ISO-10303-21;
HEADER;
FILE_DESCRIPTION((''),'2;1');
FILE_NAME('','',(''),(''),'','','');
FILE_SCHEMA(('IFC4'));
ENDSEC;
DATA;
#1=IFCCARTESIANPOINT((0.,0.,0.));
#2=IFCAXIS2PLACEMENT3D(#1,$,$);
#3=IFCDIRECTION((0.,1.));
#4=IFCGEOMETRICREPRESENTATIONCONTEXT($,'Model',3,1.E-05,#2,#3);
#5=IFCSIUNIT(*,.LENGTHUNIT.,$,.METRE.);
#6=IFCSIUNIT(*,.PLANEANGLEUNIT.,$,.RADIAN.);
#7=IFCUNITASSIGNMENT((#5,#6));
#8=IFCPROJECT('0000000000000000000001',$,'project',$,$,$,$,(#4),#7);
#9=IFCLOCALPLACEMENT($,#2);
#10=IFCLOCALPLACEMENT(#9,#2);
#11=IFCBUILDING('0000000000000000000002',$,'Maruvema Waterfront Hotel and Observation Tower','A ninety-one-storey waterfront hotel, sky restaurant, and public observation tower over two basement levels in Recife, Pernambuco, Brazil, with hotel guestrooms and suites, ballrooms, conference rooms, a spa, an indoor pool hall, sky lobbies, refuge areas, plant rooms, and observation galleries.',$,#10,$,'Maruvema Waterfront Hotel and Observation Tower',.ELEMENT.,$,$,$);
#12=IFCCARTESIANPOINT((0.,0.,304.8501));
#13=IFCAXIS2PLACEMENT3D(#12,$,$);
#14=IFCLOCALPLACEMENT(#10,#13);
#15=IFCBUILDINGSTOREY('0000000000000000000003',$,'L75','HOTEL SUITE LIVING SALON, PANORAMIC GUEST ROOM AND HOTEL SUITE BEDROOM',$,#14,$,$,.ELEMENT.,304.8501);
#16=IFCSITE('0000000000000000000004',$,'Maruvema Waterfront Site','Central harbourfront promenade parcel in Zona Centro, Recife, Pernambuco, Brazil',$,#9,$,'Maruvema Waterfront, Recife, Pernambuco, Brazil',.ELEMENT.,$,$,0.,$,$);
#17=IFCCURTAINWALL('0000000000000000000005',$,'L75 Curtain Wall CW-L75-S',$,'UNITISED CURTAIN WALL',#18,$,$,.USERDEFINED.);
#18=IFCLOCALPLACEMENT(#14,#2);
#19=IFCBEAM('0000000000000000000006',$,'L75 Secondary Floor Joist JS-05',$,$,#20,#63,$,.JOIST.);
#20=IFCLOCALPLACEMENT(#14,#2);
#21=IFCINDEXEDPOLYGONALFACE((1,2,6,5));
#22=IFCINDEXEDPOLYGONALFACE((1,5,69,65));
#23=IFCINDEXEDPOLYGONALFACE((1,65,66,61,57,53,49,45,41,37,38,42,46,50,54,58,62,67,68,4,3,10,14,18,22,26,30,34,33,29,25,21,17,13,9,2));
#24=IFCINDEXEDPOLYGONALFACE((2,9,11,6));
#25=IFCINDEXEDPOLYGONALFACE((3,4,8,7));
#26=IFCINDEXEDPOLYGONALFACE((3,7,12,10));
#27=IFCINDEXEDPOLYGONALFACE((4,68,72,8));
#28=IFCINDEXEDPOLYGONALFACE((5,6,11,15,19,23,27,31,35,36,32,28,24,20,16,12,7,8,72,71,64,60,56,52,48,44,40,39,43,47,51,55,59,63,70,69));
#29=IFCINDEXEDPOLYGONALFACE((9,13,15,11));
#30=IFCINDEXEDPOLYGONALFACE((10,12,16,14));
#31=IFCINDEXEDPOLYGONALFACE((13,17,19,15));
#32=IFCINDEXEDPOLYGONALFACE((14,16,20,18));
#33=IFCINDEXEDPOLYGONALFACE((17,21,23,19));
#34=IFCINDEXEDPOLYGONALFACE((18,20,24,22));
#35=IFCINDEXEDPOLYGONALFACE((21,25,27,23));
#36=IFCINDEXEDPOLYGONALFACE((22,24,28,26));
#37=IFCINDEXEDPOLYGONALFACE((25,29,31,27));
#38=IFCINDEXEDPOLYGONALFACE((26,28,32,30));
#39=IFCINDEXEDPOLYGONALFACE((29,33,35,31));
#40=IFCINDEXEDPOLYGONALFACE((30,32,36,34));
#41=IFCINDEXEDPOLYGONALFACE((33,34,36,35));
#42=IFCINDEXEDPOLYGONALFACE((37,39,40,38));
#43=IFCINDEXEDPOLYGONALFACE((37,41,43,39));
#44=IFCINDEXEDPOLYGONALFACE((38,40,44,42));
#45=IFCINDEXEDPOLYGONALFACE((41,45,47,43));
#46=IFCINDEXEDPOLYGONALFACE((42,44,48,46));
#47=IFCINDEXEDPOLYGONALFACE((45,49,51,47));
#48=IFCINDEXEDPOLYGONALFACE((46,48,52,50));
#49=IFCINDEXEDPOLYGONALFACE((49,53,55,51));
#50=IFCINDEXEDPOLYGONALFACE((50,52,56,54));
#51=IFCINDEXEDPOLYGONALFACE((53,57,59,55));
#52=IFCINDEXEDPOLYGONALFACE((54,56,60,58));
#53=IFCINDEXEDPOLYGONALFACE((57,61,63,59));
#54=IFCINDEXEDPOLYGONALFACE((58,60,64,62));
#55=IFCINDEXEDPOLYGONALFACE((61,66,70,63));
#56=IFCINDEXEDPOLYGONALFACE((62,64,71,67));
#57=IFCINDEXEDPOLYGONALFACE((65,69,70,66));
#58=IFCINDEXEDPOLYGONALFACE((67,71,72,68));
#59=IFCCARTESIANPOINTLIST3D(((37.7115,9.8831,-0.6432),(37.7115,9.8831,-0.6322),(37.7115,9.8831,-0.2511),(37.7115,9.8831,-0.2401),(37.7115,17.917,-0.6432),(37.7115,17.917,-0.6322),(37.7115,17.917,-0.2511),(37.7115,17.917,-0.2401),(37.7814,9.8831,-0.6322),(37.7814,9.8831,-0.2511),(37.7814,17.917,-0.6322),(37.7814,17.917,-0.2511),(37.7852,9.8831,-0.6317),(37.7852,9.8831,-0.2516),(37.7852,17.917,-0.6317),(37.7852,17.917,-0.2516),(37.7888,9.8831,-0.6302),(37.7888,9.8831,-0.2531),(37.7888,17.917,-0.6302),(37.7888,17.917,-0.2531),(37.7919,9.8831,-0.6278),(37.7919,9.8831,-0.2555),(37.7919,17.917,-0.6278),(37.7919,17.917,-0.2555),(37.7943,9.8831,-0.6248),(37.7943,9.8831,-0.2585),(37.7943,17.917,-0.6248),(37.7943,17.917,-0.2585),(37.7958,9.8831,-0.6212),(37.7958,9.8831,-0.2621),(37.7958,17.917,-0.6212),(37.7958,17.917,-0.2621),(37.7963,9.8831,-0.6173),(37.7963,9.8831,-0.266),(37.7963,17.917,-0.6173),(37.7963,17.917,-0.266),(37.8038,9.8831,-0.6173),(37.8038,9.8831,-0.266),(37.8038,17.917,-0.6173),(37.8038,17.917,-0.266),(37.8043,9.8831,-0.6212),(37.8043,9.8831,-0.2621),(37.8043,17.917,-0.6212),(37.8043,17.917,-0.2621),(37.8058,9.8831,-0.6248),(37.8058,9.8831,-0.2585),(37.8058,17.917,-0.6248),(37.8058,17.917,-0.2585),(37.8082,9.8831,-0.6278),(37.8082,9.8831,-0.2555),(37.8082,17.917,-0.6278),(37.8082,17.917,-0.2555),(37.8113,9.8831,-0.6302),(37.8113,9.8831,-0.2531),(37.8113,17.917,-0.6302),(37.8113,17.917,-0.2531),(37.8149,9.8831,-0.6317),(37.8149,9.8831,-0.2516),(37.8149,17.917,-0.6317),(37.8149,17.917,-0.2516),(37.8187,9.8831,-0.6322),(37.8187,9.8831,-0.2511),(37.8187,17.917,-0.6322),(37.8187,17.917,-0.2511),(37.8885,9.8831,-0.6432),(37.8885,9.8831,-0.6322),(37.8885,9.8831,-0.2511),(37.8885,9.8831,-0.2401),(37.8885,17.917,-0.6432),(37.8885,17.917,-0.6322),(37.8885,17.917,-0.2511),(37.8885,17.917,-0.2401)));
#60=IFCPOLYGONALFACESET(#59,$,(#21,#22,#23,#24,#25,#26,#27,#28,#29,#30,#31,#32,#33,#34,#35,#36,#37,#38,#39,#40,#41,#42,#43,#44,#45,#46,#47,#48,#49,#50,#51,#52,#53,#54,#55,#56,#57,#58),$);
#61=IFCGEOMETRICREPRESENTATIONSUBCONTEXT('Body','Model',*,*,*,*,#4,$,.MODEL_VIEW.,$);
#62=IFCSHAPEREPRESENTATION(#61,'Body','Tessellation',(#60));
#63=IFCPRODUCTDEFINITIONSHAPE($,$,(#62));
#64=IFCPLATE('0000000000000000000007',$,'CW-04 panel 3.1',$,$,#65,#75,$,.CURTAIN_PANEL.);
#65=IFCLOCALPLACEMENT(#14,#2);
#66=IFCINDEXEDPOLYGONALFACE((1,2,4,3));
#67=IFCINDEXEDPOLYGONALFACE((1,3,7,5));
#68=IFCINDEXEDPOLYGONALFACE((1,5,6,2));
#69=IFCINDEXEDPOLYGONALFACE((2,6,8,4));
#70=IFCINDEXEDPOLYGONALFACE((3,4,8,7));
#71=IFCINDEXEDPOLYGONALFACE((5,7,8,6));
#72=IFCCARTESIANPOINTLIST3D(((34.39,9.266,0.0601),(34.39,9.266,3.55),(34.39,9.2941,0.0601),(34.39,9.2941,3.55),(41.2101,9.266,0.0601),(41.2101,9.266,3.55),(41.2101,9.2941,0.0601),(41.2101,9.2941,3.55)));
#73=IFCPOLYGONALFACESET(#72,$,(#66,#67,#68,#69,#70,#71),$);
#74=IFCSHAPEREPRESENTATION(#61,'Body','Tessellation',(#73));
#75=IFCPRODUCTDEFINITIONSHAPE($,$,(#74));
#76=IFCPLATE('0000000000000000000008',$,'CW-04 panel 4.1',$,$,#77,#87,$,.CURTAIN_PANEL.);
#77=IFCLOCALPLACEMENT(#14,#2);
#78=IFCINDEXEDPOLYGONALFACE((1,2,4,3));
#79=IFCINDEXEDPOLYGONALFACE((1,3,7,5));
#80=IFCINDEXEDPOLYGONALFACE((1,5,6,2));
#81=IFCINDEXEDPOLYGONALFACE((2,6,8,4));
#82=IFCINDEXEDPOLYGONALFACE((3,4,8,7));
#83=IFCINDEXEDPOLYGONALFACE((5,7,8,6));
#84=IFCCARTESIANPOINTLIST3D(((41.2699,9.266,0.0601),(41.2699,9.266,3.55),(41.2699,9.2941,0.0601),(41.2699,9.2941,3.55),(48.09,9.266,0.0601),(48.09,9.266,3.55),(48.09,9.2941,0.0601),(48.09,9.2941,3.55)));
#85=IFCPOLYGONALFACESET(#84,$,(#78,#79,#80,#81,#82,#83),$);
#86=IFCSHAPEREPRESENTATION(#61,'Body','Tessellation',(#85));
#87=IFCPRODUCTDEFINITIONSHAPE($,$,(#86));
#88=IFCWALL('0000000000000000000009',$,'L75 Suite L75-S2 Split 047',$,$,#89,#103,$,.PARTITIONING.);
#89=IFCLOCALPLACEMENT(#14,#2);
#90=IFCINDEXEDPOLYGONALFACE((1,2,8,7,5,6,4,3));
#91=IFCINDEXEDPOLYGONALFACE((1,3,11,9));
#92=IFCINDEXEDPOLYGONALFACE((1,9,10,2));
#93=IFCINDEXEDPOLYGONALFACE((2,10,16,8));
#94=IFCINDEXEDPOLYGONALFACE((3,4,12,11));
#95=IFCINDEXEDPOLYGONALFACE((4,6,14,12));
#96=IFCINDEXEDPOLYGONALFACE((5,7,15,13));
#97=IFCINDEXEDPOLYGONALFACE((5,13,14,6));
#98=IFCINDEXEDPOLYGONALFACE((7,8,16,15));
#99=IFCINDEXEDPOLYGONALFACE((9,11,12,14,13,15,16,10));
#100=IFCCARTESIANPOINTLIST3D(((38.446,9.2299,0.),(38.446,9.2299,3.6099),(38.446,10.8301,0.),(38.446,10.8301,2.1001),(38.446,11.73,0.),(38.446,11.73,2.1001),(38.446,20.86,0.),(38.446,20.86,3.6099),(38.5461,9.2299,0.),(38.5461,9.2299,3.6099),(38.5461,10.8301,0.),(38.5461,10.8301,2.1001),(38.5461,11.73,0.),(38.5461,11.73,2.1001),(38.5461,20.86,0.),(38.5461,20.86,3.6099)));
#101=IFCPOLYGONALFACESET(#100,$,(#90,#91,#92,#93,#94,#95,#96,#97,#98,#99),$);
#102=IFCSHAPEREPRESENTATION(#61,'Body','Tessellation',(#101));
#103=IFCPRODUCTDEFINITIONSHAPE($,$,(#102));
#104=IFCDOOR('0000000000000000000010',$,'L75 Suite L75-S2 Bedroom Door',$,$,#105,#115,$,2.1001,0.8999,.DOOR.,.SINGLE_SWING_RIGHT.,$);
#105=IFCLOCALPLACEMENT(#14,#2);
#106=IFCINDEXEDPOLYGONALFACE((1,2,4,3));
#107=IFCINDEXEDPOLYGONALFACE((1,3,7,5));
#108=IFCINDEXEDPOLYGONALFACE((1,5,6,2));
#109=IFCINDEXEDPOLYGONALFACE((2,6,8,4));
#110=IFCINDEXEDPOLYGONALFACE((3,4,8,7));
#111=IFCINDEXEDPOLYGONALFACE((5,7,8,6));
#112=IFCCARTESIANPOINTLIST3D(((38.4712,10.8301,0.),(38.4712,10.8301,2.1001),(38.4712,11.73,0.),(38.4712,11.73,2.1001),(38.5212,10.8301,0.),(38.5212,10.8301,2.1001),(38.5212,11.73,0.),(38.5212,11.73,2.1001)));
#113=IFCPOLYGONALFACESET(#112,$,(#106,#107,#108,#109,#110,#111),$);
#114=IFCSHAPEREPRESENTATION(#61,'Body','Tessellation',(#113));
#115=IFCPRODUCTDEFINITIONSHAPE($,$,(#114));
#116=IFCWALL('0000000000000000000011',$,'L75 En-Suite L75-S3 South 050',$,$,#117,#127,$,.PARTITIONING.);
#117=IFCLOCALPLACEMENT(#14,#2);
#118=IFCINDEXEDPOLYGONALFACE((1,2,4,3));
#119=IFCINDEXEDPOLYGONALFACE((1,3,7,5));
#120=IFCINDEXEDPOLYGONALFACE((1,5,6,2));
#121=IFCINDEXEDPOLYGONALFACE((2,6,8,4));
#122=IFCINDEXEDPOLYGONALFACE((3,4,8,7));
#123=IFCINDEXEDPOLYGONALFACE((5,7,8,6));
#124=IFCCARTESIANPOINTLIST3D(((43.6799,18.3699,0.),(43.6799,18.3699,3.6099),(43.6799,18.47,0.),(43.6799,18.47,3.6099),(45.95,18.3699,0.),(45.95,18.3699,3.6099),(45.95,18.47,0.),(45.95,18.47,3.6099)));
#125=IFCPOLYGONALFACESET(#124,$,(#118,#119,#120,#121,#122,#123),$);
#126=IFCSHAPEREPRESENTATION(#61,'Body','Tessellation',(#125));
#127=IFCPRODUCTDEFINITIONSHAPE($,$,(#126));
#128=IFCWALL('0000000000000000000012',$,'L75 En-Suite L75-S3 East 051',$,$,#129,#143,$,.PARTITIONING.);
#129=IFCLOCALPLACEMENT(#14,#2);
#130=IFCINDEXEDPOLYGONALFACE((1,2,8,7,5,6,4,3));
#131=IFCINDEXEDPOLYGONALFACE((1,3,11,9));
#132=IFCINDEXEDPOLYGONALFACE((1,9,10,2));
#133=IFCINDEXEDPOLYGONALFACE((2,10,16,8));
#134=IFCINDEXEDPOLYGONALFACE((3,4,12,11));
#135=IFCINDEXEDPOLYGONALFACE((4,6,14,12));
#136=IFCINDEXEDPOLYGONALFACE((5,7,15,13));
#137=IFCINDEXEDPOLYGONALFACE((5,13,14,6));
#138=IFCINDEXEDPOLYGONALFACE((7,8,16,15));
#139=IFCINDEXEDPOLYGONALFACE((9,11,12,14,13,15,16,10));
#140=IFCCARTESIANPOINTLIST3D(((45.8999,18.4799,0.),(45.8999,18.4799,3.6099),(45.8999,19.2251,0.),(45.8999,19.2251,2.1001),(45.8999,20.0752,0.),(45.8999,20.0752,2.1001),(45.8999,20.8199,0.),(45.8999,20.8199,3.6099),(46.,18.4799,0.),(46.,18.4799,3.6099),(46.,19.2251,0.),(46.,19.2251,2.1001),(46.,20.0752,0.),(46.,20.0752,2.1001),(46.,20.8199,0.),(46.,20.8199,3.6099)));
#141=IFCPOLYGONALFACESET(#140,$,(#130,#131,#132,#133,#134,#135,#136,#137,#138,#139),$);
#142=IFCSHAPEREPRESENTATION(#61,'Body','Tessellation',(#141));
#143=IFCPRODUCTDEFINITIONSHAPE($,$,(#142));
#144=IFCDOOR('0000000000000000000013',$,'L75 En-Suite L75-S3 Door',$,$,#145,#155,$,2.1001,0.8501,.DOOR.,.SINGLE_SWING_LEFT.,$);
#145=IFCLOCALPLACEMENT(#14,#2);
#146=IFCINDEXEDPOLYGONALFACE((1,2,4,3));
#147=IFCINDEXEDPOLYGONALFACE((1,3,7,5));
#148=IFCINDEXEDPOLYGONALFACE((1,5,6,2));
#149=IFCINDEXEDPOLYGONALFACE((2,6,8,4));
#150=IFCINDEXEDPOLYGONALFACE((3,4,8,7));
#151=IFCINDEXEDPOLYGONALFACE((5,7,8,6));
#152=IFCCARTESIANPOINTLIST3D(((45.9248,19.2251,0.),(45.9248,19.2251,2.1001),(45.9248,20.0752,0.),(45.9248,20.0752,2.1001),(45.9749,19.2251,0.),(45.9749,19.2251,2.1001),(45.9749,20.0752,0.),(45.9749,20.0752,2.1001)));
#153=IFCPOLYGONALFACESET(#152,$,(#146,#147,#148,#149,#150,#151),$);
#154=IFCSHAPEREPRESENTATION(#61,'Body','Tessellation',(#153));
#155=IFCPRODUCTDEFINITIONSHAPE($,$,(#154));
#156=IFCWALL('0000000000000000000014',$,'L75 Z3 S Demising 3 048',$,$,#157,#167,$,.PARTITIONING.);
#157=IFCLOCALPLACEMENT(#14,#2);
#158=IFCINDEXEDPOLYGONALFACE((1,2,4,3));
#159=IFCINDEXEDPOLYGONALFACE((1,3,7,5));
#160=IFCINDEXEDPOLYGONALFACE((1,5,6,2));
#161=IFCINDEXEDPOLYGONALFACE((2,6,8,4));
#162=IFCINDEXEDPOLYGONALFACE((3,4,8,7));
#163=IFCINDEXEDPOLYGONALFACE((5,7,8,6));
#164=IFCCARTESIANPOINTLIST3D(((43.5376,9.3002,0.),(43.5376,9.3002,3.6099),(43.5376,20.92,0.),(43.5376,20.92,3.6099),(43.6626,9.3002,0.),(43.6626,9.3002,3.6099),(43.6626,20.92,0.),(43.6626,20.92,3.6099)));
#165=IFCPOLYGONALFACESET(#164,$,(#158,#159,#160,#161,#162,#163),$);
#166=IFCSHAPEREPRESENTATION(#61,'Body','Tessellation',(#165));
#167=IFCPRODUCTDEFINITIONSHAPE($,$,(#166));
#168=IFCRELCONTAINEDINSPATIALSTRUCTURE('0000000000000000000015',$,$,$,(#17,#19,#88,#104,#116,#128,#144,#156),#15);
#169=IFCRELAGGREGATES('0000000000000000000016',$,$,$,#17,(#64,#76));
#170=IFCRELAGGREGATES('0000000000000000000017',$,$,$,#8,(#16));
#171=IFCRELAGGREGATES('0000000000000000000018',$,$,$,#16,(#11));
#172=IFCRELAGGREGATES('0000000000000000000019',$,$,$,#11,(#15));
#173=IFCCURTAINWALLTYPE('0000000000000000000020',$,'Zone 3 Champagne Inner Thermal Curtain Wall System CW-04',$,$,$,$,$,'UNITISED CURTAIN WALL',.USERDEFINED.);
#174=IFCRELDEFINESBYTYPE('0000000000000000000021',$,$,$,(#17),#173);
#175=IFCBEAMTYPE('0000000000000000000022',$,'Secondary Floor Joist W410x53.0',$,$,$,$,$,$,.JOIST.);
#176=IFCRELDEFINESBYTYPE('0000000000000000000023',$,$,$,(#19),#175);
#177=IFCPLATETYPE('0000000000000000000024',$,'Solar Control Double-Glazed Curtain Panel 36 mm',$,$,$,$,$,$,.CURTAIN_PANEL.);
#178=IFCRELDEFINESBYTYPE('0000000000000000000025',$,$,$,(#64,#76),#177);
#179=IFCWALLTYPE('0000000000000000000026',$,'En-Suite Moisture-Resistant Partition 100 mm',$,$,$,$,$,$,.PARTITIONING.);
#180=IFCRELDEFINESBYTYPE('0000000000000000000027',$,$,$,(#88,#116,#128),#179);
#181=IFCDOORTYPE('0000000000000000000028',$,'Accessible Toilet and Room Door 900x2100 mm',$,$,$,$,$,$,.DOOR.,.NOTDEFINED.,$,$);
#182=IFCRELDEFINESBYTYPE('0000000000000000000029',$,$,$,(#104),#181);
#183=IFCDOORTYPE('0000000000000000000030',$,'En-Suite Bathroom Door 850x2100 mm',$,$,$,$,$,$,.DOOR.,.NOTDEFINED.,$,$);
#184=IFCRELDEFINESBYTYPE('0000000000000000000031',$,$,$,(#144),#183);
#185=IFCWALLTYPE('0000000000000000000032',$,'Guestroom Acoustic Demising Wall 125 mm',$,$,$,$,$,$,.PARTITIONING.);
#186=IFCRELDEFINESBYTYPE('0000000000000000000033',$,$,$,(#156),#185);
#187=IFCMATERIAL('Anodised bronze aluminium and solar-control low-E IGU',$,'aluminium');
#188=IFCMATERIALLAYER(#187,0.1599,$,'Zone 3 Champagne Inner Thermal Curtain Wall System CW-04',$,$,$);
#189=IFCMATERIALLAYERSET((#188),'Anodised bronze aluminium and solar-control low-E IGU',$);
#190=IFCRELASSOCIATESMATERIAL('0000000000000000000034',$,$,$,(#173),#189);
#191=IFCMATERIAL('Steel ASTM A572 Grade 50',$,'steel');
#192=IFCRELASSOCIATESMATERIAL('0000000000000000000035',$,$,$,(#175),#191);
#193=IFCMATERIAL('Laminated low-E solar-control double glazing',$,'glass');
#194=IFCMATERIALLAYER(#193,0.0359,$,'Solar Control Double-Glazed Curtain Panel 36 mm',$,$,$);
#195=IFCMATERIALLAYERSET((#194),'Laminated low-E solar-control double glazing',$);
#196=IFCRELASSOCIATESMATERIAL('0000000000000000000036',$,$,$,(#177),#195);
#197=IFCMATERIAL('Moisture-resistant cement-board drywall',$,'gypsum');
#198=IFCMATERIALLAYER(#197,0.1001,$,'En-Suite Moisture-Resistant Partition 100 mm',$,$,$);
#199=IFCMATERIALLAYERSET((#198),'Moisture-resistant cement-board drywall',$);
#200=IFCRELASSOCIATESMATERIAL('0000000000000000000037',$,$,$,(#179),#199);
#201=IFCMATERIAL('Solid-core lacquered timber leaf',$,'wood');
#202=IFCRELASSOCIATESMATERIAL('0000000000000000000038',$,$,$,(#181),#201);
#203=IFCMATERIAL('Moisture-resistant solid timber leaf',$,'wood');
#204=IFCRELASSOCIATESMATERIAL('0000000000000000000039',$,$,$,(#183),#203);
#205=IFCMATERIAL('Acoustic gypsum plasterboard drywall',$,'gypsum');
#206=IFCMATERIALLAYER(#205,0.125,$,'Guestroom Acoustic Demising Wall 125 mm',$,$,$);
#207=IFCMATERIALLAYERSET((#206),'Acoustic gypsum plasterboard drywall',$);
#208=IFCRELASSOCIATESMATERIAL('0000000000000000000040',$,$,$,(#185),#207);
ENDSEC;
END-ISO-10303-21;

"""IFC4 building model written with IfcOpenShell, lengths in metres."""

from ifc_helpers import new_model, si_unit, direction, frame, frame_2d, origin, origin_2d, place, context, subcontext, project, spatial, rectangle, i_section, extrude, material, layer, layer_set, material_profile, profile_set, type_object, element, fill, aggregate, save


model = new_model("IFC4")

# Units and contexts
model_context = context("Model", 3, precision=1e-05, world=origin(), true_north=direction((0.0, 1.0)))
body_context = subcontext(model_context, "Body", "Model", "MODEL_VIEW")
ifc_project = project(units=[si_unit("LENGTHUNIT", "METRE"), si_unit("PLANEANGLEUNIT", "RADIAN")], contexts=[model_context])

# Site, building, storey
site_placement = place(None, origin())
site = spatial("IfcSite", under=ifc_project, at=site_placement, Name="Maruvema Waterfront Site", Description="Central harbourfront promenade parcel in Zona Centro, Recife, Pernambuco, Brazil", LongName="Maruvema Waterfront, Recife, Pernambuco, Brazil", CompositionType="ELEMENT", RefElevation=0.0)
building_placement = place(site_placement, origin())
building = spatial("IfcBuilding", under=site, at=building_placement, Name="Maruvema Waterfront Hotel and Observation Tower", Description="A ninety-one-storey waterfront hotel, sky restaurant, and public observation tower over two basement levels in Recife, Pernambuco, Brazil, with hotel guestrooms and suites, ballrooms, conference rooms, a spa, an indoor pool hall, sky lobbies, refuge areas, plant rooms, and observation galleries.", LongName="Maruvema Waterfront Hotel and Observation Tower", CompositionType="ELEMENT")
storey_placement = place(building_placement, frame((0.0, 0.0, 304.8501)))
storey = spatial("IfcBuildingStorey", under=building, at=storey_placement, Name="L75", Description="HOTEL SUITE LIVING SALON, PANORAMIC GUEST ROOM AND HOTEL SUITE BEDROOM", CompositionType="ELEMENT", Elevation=304.8501)

# Curtain wall
ifc_material_1 = material(Name="Anodised bronze aluminium and solar-control low-E IGU", Category="aluminium")
ifc_layer_1 = layer(ifc_material_1, 0.1599, Name="Zone 3 Champagne Inner Thermal Curtain Wall System CW-04")
ifc_layer_set_1 = layer_set([ifc_layer_1], Name="Anodised bronze aluminium and solar-control low-E IGU")
curtain_wall_type = type_object("IfcCurtainWallType", Name="Zone 3 Champagne Inner Thermal Curtain Wall System CW-04", ElementType="UNITISED CURTAIN WALL", PredefinedType="USERDEFINED", material=ifc_layer_set_1)
curtain_wall_placement = place(storey_placement, origin())
curtain_wall = element("IfcCurtainWall", 1, at=curtain_wall_placement, inside=storey, type_object=curtain_wall_type, Name="L75 Curtain Wall CW-L75-S", ObjectType="UNITISED CURTAIN WALL", PredefinedType="USERDEFINED")

# Beam
ifc_material_2 = material(Name="Steel ASTM A572 Grade 50", Category="steel")
ifc_material_profile_1 = material_profile(ifc_material_2, i_section(OverallWidth=0.177, OverallDepth=0.4031, WebThickness=0.0076, FlangeThickness=0.011, FilletRadius=0.0149, at=origin_2d()), Name="W410x53.0")
ifc_profile_set_1 = profile_set([ifc_material_profile_1], Name="Steel ASTM A572 Grade 50")
beam_type_1 = type_object("IfcBeamType", Name="Secondary Floor Joist W410x53.0", PredefinedType="JOIST", material=ifc_profile_set_1)
beam_1_placement = place(storey_placement, frame((37.8, 9.8831, -0.4417), z_axis=(0.0, 1.0, 0.0), x_axis=(-1.0, 0.0, 0.0)))
element("IfcBeam", 2, at=beam_1_placement, inside=storey, type_object=beam_type_1, Name="L75 Secondary Floor Joist JS-05", PredefinedType="JOIST", context=body_context, shape_type="SweptSolid", body=[
    extrude(i_section(OverallWidth=0.177, OverallDepth=0.4031, WebThickness=0.0076, FlangeThickness=0.011, FilletRadius=0.0149, at=origin_2d()), origin(), (0.0, 0.0, 1.0), 8.0339),
])

# Plates
ifc_material_3 = material(Name="Laminated low-E solar-control double glazing", Category="glass")
ifc_layer_2 = layer(ifc_material_3, 0.0359, Name="Solar Control Double-Glazed Curtain Panel 36 mm")
ifc_layer_set_2 = layer_set([ifc_layer_2], Name="Laminated low-E solar-control double glazing")
plate_type = type_object("IfcPlateType", Name="Solar Control Double-Glazed Curtain Panel 36 mm", PredefinedType="CURTAIN_PANEL", material=ifc_layer_set_2)
plate_1_placement = place(storey_placement, frame((37.8, 9.28, 0.0601), z_axis=(0.0, 0.0, 1.0), x_axis=(1.0, 0.0, 0.0)))
plate_1 = element("IfcPlate", 3, at=plate_1_placement, type_object=plate_type, Name="CW-04 panel 3.1", PredefinedType="CURTAIN_PANEL", context=body_context, shape_type="SweptSolid", body=[
    extrude(rectangle(XDim=6.8201, YDim=0.0281, at=origin_2d()), origin(), (0.0, 0.0, 1.0), 3.49),
])
plate_2_placement = place(storey_placement, frame((44.6799, 9.28, 0.0601), z_axis=(0.0, 0.0, 1.0), x_axis=(1.0, 0.0, 0.0)))
plate_2 = element("IfcPlate", 4, at=plate_2_placement, type_object=plate_type, Name="CW-04 panel 4.1", PredefinedType="CURTAIN_PANEL", context=body_context, shape_type="SweptSolid", body=[
    extrude(rectangle(XDim=6.8201, YDim=0.0281, at=origin_2d()), origin(), (0.0, 0.0, 1.0), 3.49),
])
aggregate(curtain_wall, [plate_1, plate_2])

# Wall, opening, door
ifc_material_4 = material(Name="Moisture-resistant cement-board drywall", Category="gypsum")
ifc_layer_3 = layer(ifc_material_4, 0.1001, Name="En-Suite Moisture-Resistant Partition 100 mm")
ifc_layer_set_3 = layer_set([ifc_layer_3], Name="Moisture-resistant cement-board drywall")
wall_type_1 = type_object("IfcWallType", Name="En-Suite Moisture-Resistant Partition 100 mm", PredefinedType="PARTITIONING", material=ifc_layer_set_3)
wall_1_placement = place(storey_placement, frame((38.4961, 9.23, 0.0), z_axis=(0.0, 0.0, 1.0), x_axis=(0.0, 1.0, 0.0)))
wall_1 = element("IfcWall", 5, at=wall_1_placement, inside=storey, type_object=wall_type_1, Name="L75 Suite L75-S2 Split 047", PredefinedType="PARTITIONING", context=body_context, shape_type="SweptSolid", body=[
    extrude(rectangle(XDim=11.6301, YDim=0.1001, at=frame_2d((5.8149, 0.0))), origin(), (0.0, 0.0, 1.0), 3.6099),
])
opening_1_placement = place(wall_1_placement, frame((1.6001, 0.0, 0.0)))
opening_1 = element("IfcOpeningElement", 6, at=opening_1_placement, cuts=wall_1, PredefinedType="OPENING", context=body_context, shape_type="SweptSolid", body=[
    extrude(rectangle(XDim=0.8999, YDim=2.1001, at=frame_2d((0.45, 1.05))), frame((0.0, 0.0601, 0.0), z_axis=(0.0, -1.0, 0.0), x_axis=(1.0, 0.0, 0.0)), (0.0, 0.0, 1.0), 0.1201),
])
ifc_material_5 = material(Name="Solid-core lacquered timber leaf", Category="wood")
door_type_1 = type_object("IfcDoorType", Name="Accessible Toilet and Room Door 900x2100 mm", OperationType="NOTDEFINED", PredefinedType="DOOR", material=ifc_material_5)
door_1_placement = place(opening_1_placement, origin())
door_1 = element("IfcDoor", 7, at=door_1_placement, inside=storey, type_object=door_type_1, Name="L75 Suite L75-S2 Bedroom Door", OperationType="SINGLE_SWING_RIGHT", OverallHeight=2.1001, OverallWidth=0.8999, PredefinedType="DOOR", context=body_context, shape_type="SweptSolid", body=[
    extrude(rectangle(XDim=0.8999, YDim=2.1001, at=frame_2d((0.45, 1.05))), frame((0.0, 0.0249, 0.0), z_axis=(0.0, -1.0, 0.0), x_axis=(1.0, 0.0, 0.0)), (0.0, 0.0, 1.0), 0.05),
])
fill(opening_1, door_1)

# Wall
wall_2_placement = place(storey_placement, frame((43.6799, 18.4199, 0.0), z_axis=(0.0, 0.0, 1.0), x_axis=(1.0, 0.0, 0.0)))
element("IfcWall", 8, at=wall_2_placement, inside=storey, type_object=wall_type_1, Name="L75 En-Suite L75-S3 South 050", PredefinedType="PARTITIONING", context=body_context, shape_type="SweptSolid", body=[
    extrude(rectangle(XDim=2.27, YDim=0.1001, at=frame_2d((1.135, 0.0))), origin(), (0.0, 0.0, 1.0), 3.6099),
])

# Wall, opening, door
wall_3_placement = place(storey_placement, frame((45.95, 18.48, 0.0), z_axis=(0.0, 0.0, 1.0), x_axis=(0.0, 1.0, 0.0)))
wall_3 = element("IfcWall", 9, at=wall_3_placement, inside=storey, type_object=wall_type_1, Name="L75 En-Suite L75-S3 East 051", PredefinedType="PARTITIONING", context=body_context, shape_type="SweptSolid", body=[
    extrude(rectangle(XDim=2.3401, YDim=0.1001, at=frame_2d((1.1699, 0.0))), origin(), (0.0, 0.0, 1.0), 3.6099),
])
opening_2_placement = place(wall_3_placement, frame((0.7451, 0.0, 0.0)))
opening_2 = element("IfcOpeningElement", 10, at=opening_2_placement, cuts=wall_3, PredefinedType="OPENING", context=body_context, shape_type="SweptSolid", body=[
    extrude(rectangle(XDim=0.8501, YDim=2.1001, at=frame_2d((0.425, 1.05))), frame((0.0, 0.0601, 0.0), z_axis=(0.0, -1.0, 0.0), x_axis=(1.0, 0.0, 0.0)), (0.0, 0.0, 1.0), 0.1201),
])
ifc_material_6 = material(Name="Moisture-resistant solid timber leaf", Category="wood")
door_type_2 = type_object("IfcDoorType", Name="En-Suite Bathroom Door 850x2100 mm", OperationType="NOTDEFINED", PredefinedType="DOOR", material=ifc_material_6)
door_2_placement = place(opening_2_placement, frame((0.8501, 0.0, 0.0), z_axis=(0.0, 0.0, 1.0), x_axis=(-1.0, 0.0, 0.0)))
door_2 = element("IfcDoor", 11, at=door_2_placement, inside=storey, type_object=door_type_2, Name="L75 En-Suite L75-S3 Door", OperationType="SINGLE_SWING_LEFT", OverallHeight=2.1001, OverallWidth=0.8501, PredefinedType="DOOR", context=body_context, shape_type="SweptSolid", body=[
    extrude(rectangle(XDim=0.8501, YDim=2.1001, at=frame_2d((0.425, 1.05))), frame((0.0, 0.0249, 0.0), z_axis=(0.0, -1.0, 0.0), x_axis=(1.0, 0.0, 0.0)), (0.0, 0.0, 1.0), 0.05),
])
fill(opening_2, door_2)

# Wall
ifc_material_7 = material(Name="Acoustic gypsum plasterboard drywall", Category="gypsum")
ifc_layer_4 = layer(ifc_material_7, 0.125, Name="Guestroom Acoustic Demising Wall 125 mm")
ifc_layer_set_4 = layer_set([ifc_layer_4], Name="Acoustic gypsum plasterboard drywall")
wall_type_2 = type_object("IfcWallType", Name="Guestroom Acoustic Demising Wall 125 mm", PredefinedType="PARTITIONING", material=ifc_layer_set_4)
wall_4_placement = place(storey_placement, frame((43.6001, 9.3, 0.0), z_axis=(0.0, 0.0, 1.0), x_axis=(0.0, 1.0, 0.0)))
element("IfcWall", 12, at=wall_4_placement, inside=storey, type_object=wall_type_2, Name="L75 Z3 S Demising 3 048", PredefinedType="PARTITIONING", context=body_context, shape_type="SweptSolid", body=[
    extrude(rectangle(XDim=11.6199, YDim=0.125, at=frame_2d((5.8101, 0.0))), origin(), (0.0, 0.0, 1.0), 3.6099),
])

save(model, "model.ifc")
